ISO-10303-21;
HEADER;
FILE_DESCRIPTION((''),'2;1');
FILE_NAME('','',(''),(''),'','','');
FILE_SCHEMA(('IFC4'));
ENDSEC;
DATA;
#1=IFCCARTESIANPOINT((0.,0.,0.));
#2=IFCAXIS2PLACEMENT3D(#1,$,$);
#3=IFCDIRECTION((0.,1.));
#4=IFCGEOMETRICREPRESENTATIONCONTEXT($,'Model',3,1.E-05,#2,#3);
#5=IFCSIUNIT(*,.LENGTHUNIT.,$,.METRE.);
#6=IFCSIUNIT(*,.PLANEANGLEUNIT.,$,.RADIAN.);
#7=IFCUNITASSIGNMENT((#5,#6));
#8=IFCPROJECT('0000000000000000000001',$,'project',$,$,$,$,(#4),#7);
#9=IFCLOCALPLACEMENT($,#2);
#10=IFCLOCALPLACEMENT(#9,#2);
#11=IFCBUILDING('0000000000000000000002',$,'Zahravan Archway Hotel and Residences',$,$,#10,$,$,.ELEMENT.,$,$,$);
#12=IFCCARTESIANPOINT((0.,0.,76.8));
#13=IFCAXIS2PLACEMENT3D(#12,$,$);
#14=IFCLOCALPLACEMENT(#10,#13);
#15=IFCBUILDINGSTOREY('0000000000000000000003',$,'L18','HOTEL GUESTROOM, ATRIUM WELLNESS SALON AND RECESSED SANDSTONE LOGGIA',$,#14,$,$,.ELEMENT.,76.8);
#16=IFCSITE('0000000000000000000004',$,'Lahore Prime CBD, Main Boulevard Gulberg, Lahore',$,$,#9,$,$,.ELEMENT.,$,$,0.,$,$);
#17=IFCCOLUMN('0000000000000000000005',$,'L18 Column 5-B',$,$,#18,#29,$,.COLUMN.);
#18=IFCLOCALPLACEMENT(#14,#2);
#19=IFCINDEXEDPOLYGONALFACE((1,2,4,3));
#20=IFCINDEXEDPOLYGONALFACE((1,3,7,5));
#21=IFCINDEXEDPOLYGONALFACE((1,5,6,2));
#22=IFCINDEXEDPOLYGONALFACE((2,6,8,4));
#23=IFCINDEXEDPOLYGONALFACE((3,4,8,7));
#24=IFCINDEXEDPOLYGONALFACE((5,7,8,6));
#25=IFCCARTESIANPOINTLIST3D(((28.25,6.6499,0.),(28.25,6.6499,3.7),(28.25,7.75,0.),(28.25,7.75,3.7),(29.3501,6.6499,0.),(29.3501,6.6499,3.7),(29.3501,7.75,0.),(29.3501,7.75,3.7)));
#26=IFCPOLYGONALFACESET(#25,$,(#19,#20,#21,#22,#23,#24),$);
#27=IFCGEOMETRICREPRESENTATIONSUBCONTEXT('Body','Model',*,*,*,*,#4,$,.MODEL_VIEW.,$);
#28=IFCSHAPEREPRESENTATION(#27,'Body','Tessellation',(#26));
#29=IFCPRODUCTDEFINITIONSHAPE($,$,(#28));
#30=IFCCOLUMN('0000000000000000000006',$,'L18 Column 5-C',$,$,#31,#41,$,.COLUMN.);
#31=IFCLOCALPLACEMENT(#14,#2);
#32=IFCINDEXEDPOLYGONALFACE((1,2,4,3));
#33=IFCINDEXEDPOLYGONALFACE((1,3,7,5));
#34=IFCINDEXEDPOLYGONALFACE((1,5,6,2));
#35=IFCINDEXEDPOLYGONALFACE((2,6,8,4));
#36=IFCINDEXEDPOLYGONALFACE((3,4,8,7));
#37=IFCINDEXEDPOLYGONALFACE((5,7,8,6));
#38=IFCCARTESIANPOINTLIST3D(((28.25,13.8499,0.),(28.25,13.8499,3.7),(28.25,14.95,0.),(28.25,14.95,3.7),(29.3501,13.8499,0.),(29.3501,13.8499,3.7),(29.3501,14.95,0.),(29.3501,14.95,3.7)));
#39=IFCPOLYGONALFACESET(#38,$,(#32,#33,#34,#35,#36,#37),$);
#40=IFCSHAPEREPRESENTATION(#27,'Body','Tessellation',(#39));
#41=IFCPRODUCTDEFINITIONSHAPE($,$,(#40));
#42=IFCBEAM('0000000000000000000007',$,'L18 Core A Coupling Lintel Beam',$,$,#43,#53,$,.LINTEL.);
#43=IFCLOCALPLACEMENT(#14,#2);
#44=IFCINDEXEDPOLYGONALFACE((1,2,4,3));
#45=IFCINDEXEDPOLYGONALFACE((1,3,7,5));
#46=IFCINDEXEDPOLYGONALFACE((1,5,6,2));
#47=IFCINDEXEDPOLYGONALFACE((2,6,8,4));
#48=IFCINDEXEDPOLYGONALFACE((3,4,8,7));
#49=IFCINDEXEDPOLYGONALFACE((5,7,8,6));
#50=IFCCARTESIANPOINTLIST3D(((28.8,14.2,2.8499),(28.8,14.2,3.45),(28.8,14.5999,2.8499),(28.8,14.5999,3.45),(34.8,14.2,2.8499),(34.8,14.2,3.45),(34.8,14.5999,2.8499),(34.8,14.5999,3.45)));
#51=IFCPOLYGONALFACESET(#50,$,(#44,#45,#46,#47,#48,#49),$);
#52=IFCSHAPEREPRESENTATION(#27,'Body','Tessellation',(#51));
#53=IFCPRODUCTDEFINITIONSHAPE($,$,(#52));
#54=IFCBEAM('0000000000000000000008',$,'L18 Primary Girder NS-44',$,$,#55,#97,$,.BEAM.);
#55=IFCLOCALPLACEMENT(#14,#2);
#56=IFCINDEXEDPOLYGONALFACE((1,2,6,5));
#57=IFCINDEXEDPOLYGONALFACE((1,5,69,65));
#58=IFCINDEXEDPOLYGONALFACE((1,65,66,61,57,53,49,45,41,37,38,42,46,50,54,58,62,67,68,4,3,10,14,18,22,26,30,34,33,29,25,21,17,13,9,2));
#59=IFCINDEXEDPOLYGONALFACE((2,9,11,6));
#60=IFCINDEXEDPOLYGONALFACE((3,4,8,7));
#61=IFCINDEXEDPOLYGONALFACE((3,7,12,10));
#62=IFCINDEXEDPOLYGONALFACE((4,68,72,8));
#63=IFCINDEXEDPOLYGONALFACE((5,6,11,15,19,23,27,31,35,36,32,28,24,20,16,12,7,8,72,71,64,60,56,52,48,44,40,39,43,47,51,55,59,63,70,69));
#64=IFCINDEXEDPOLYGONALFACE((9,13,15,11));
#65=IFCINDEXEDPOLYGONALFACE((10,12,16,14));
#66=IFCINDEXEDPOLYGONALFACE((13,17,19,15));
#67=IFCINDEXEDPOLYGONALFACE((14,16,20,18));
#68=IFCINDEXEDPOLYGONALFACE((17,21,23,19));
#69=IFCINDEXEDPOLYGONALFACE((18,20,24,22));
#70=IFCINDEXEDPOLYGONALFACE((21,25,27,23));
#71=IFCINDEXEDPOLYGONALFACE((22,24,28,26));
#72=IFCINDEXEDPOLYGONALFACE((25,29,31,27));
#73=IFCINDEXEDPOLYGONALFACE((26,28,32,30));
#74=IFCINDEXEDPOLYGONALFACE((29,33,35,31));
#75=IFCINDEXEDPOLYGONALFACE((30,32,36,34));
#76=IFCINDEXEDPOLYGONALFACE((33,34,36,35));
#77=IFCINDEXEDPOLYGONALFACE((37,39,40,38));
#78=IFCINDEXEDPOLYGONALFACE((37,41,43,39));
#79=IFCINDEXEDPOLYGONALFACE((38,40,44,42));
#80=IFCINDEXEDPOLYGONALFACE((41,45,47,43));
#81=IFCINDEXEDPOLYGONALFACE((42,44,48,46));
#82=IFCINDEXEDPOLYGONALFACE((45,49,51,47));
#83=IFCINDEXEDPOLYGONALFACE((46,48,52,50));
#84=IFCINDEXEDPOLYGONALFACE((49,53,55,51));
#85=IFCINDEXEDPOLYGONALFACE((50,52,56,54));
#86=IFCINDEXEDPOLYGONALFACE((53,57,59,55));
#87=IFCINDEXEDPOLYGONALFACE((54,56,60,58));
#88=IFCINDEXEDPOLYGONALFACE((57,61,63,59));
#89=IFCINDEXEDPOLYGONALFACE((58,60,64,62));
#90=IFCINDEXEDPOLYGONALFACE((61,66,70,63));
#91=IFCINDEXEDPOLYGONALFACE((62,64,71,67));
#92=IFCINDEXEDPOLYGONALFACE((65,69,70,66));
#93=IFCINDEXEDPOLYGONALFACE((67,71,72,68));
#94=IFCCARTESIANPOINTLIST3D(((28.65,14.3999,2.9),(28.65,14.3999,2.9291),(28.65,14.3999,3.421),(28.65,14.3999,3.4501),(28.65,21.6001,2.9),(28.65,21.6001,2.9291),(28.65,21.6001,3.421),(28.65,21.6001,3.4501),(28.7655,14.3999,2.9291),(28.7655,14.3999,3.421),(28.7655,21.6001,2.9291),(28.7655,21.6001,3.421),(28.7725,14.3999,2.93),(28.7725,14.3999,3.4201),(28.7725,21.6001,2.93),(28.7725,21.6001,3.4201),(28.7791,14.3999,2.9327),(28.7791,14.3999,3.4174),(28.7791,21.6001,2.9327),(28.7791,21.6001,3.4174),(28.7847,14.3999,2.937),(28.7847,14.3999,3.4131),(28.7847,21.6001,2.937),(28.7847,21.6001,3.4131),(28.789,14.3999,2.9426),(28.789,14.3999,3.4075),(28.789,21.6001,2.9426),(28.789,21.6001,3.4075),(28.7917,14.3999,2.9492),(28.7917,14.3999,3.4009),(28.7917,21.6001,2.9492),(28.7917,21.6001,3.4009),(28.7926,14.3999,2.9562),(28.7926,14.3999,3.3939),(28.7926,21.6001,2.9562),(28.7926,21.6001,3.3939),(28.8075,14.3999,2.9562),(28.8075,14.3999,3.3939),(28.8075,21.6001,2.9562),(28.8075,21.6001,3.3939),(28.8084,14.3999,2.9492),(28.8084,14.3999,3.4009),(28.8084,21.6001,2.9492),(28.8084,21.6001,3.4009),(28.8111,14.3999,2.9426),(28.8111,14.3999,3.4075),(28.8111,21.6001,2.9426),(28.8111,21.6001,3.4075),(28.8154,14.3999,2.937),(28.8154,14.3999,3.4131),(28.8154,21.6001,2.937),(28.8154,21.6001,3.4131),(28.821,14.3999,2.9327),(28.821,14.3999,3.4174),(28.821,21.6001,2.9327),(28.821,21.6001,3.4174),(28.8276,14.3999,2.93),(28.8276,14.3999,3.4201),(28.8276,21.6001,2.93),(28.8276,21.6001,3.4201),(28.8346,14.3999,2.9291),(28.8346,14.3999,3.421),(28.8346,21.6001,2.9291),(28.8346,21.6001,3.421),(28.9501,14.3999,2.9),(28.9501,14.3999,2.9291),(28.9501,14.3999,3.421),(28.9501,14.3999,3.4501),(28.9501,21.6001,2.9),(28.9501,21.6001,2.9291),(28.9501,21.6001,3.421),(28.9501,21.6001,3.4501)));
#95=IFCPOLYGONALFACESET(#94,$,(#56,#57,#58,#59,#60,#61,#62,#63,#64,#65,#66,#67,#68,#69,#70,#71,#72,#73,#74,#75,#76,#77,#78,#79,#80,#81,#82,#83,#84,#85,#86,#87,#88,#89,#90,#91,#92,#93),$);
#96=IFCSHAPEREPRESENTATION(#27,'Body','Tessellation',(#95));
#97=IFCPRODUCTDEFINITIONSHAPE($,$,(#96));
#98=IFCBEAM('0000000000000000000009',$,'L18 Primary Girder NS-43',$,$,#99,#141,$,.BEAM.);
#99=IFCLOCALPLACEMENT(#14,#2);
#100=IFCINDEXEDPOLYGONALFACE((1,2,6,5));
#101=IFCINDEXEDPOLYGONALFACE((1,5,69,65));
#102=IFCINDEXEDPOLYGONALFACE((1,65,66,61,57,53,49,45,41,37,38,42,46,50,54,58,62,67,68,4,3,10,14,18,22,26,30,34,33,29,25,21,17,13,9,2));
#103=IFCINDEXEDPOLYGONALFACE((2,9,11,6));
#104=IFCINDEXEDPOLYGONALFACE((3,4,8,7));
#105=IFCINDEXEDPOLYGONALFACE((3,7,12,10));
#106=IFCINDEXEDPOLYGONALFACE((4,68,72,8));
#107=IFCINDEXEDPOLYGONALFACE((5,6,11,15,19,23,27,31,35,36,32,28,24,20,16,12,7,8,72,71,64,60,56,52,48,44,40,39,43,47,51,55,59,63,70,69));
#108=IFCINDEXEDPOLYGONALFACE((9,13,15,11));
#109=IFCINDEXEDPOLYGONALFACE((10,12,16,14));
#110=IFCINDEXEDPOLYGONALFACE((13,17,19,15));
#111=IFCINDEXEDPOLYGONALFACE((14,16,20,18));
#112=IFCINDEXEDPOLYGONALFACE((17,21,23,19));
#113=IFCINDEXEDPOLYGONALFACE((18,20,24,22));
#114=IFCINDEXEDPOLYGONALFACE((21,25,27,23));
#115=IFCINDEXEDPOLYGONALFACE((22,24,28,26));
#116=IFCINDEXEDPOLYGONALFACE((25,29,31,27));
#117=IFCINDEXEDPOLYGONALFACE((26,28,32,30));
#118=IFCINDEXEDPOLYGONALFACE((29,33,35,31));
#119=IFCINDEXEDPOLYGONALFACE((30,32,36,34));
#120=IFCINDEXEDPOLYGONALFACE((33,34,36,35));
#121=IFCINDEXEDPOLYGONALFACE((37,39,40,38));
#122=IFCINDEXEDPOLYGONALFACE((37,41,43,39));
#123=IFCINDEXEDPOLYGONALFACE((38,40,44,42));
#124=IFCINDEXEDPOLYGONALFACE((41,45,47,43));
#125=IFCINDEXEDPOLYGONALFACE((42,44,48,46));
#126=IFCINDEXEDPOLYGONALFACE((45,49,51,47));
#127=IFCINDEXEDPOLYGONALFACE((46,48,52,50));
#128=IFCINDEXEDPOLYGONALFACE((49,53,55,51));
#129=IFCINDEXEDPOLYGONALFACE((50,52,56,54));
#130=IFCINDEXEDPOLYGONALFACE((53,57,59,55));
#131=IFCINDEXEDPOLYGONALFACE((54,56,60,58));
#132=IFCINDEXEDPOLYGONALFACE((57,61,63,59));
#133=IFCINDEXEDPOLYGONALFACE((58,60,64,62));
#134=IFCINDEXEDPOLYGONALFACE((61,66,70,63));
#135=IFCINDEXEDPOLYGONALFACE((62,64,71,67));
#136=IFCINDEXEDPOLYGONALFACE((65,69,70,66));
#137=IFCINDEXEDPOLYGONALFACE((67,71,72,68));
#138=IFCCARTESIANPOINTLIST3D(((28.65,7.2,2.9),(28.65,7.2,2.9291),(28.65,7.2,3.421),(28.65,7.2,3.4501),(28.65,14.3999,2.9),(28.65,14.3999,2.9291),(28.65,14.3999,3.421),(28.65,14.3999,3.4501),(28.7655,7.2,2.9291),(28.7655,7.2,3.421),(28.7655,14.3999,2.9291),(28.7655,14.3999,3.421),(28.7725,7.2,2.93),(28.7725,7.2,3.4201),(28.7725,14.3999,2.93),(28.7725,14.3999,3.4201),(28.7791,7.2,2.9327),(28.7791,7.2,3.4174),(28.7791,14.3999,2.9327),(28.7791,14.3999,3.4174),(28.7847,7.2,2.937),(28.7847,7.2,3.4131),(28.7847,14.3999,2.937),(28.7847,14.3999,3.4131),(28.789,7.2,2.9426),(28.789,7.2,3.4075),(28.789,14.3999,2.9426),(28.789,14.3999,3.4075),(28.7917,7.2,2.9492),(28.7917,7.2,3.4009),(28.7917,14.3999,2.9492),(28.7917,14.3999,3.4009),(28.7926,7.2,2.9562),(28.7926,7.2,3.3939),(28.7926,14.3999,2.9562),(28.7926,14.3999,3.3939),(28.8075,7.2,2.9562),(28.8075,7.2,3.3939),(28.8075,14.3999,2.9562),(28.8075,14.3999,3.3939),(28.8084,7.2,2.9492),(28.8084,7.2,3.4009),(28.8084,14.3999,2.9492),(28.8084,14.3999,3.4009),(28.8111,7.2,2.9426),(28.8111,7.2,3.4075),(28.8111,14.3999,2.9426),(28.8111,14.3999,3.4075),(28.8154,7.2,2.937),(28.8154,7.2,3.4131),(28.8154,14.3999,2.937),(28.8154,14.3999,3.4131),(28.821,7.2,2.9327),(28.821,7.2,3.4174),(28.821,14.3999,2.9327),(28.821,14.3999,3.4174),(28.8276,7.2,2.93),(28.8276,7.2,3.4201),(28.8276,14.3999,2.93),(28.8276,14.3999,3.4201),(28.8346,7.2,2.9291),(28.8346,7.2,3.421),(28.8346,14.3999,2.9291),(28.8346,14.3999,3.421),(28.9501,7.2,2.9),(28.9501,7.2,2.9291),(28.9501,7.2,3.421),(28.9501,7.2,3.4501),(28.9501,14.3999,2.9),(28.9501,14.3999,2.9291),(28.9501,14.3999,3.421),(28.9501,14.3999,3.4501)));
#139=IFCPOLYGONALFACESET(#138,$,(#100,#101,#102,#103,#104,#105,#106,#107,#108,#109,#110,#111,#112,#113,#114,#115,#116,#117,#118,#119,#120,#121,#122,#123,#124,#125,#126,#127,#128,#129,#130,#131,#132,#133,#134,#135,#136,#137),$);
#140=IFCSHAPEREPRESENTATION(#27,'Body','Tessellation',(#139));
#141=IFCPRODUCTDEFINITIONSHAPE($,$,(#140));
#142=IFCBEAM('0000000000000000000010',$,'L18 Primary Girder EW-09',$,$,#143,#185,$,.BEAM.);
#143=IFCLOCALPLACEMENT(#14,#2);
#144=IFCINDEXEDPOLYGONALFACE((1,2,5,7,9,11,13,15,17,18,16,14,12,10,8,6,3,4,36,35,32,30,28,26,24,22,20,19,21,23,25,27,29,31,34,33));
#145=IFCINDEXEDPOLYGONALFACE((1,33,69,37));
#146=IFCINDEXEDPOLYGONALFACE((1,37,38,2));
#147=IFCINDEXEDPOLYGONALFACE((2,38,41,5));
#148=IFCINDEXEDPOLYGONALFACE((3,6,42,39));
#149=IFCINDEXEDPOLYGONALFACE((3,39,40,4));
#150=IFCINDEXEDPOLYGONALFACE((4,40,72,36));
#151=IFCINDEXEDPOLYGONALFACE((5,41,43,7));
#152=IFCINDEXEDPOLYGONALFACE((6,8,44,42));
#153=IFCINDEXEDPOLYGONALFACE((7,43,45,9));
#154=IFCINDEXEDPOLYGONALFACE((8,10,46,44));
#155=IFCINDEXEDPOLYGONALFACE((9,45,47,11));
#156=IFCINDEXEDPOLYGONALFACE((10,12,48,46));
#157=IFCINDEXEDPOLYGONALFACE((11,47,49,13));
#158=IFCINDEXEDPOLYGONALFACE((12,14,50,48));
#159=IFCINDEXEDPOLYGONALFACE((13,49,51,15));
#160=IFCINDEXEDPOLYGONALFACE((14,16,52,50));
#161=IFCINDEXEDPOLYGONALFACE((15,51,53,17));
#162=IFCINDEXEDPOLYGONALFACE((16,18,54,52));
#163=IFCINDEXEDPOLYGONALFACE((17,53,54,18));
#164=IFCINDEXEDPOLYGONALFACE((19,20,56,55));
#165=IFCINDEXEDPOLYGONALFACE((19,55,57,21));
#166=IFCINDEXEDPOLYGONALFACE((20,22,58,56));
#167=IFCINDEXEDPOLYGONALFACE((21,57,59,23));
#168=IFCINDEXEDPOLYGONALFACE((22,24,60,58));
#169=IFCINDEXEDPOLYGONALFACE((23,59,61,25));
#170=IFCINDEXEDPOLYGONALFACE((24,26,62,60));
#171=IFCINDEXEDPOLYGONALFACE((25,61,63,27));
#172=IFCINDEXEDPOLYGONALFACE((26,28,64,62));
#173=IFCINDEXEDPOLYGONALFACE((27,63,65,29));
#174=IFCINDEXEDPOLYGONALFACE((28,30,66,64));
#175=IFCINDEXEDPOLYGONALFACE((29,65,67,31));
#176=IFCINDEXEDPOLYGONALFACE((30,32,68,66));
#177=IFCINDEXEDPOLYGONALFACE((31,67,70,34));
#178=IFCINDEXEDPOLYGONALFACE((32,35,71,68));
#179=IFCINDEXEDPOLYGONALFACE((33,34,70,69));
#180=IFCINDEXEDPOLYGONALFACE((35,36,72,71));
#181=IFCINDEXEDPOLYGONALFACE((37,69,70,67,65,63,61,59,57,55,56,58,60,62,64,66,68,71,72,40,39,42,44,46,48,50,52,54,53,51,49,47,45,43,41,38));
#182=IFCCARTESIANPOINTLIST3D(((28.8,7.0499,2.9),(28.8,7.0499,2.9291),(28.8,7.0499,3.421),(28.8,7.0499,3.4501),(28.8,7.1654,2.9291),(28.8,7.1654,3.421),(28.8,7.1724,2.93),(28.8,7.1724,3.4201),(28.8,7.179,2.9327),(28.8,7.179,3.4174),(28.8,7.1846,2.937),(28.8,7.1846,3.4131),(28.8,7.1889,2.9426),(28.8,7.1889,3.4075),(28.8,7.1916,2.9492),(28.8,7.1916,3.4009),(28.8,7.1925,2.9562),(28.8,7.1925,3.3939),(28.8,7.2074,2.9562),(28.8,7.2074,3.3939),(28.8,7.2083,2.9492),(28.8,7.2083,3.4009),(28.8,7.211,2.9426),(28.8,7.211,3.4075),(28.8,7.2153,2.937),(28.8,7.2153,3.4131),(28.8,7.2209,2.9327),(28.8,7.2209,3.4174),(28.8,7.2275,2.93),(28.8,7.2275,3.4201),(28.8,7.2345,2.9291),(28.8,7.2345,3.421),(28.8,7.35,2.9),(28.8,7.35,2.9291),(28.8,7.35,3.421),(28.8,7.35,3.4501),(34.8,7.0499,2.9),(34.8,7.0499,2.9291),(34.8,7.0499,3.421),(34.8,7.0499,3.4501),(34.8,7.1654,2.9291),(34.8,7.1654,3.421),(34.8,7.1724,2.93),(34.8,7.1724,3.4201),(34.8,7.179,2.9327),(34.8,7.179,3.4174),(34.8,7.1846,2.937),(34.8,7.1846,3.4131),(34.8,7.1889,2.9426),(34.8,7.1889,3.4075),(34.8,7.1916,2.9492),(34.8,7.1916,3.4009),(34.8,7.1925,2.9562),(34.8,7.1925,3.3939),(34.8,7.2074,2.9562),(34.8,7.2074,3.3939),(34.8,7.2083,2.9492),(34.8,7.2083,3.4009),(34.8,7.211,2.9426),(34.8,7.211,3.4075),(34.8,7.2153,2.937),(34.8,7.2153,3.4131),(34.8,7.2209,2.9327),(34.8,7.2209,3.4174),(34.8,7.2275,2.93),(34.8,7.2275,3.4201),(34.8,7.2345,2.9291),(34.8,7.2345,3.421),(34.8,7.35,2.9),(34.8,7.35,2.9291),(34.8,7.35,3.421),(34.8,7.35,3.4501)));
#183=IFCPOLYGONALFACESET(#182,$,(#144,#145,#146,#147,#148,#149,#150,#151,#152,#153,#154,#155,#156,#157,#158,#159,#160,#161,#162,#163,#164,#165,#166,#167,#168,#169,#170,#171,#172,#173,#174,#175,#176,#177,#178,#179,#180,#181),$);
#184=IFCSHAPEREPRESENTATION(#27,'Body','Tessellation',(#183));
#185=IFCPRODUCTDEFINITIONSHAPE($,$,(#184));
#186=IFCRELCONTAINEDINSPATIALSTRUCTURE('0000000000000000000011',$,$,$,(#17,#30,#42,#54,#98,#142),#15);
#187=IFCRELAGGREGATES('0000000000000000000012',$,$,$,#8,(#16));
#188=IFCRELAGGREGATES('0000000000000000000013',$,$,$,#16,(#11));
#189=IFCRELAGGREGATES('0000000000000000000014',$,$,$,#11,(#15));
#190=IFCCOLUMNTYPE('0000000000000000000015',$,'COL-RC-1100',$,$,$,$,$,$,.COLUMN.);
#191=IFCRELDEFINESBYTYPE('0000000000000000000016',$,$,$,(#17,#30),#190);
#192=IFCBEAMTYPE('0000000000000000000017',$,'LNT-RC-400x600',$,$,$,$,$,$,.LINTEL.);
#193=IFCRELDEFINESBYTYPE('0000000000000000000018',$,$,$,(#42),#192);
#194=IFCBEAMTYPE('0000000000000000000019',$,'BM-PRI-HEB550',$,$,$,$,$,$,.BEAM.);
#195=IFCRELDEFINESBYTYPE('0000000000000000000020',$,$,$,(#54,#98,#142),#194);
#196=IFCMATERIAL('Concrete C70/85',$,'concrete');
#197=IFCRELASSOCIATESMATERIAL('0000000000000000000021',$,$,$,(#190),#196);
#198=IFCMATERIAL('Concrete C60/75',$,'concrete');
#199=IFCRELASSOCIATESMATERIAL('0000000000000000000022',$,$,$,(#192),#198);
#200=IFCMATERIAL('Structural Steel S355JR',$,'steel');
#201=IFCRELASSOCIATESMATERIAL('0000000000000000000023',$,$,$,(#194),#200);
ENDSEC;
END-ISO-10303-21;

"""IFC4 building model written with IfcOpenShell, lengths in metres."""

from ifc_helpers import new_model, si_unit, direction, frame, origin, origin_2d, place, context, subcontext, project, spatial, rectangle, i_section, extrude, source, transform, mapped, material, material_profile, profile_set, type_object, type_shapes, element, save


model = new_model("IFC4")

# Units and contexts
model_context = context("Model", 3, precision=1e-05, world=origin(), true_north=direction((0.0, 1.0)))
body_context = subcontext(model_context, "Body", "Model", "MODEL_VIEW")
ifc_project = project(units=[si_unit("LENGTHUNIT", "METRE"), si_unit("PLANEANGLEUNIT", "RADIAN")], contexts=[model_context])

# Site, building, storey
site_placement = place(None, origin())
site = spatial("IfcSite", under=ifc_project, at=site_placement, Name="Lahore Prime CBD, Main Boulevard Gulberg, Lahore", CompositionType="ELEMENT", RefElevation=0.0)
building_placement = place(site_placement, origin())
building = spatial("IfcBuilding", under=site, at=building_placement, Name="Zahravan Archway Hotel and Residences", CompositionType="ELEMENT")
storey_placement = place(building_placement, frame((0.0, 0.0, 76.8)))
storey = spatial("IfcBuildingStorey", under=building, at=storey_placement, Name="L18", Description="HOTEL GUESTROOM, ATRIUM WELLNESS SALON AND RECESSED SANDSTONE LOGGIA", CompositionType="ELEMENT", Elevation=76.8)

# Columns
ifc_material_1 = material(Name="Concrete C70/85", Category="concrete")
ifc_material_profile_1 = material_profile(ifc_material_1, rectangle(XDim=1.1001, YDim=1.1001, at=origin_2d()), Name="RC 1100x1100", Category="concrete")
ifc_profile_set_1 = profile_set([ifc_material_profile_1], Name="Concrete C70/85")
column_type = type_object("IfcColumnType", Name="COL-RC-1100", PredefinedType="COLUMN", material=ifc_profile_set_1)
shared_shape_1 = source(origin(), body_context, "Body", "SweptSolid", [
    extrude(rectangle(XDim=1.1001, YDim=1.1001, at=origin_2d()), origin(), (0.0, 0.0, 1.0), 3.7),
])
for number, where, z_axis, x_axis, name in (
    (1, (28.8, 7.2, 0.0), (0.0, 0.0, 1.0), (1.0, 0.0, 0.0), "L18 Column 5-B"),
    (2, (28.8, 14.3999, 0.0), (0.0, 0.0, 1.0), (1.0, 0.0, 0.0), "L18 Column 5-C"),
):
    element("IfcColumn", number, at=place(storey_placement, frame(where, z_axis=z_axis, x_axis=x_axis)), inside=storey, type_object=column_type, Name=name, PredefinedType="COLUMN", context=body_context, shape_type="MappedRepresentation", body=[
        mapped(shared_shape_1, transform((0.0, 0.0, 0.0), scale=1.0)),
    ])

# Beams
ifc_material_2 = material(Name="Concrete C60/75", Category="concrete")
ifc_material_profile_2 = material_profile(ifc_material_2, rectangle(XDim=0.3999, YDim=0.6001, at=origin_2d()), Name="RC-LNT-400x600", Category="concrete")
ifc_profile_set_2 = profile_set([ifc_material_profile_2], Name="Concrete C60/75")
beam_type_1 = type_object("IfcBeamType", Name="LNT-RC-400x600", PredefinedType="LINTEL", material=ifc_profile_set_2)
shared_shape_2 = source(origin(), body_context, "Body", "SweptSolid", [
    extrude(rectangle(XDim=0.3999, YDim=0.6001, at=origin_2d()), origin(), (0.0, 0.0, 1.0), 6.0),
])
type_shapes(beam_type_1, [shared_shape_2])
beam_1_placement = place(storey_placement, frame((28.8, 14.3999, 3.1499), z_axis=(1.0, 0.0, 0.0), x_axis=(0.0, 1.0, 0.0)))
element("IfcBeam", 3, at=beam_1_placement, inside=storey, type_object=beam_type_1, Name="L18 Core A Coupling Lintel Beam", PredefinedType="LINTEL", context=body_context, shape_type="MappedRepresentation", body=[
    mapped(shared_shape_2, transform((0.0, 0.0, 0.0), scale=1.0)),
])
ifc_material_3 = material(Name="Structural Steel S355JR", Category="steel")
ifc_material_profile_3 = material_profile(ifc_material_3, i_section(OverallWidth=0.3, OverallDepth=0.55, WebThickness=0.0149, FlangeThickness=0.0291, FilletRadius=0.0271, at=origin_2d()), Name="HEB 550", Category="steel")
ifc_profile_set_3 = profile_set([ifc_material_profile_3], Name="Structural Steel S355JR")
beam_type_2 = type_object("IfcBeamType", Name="BM-PRI-HEB550", PredefinedType="BEAM", material=ifc_profile_set_3)
shared_shape_3 = source(origin(), body_context, "Body", "SweptSolid", [
    extrude(i_section(OverallWidth=0.3, OverallDepth=0.55, WebThickness=0.0149, FlangeThickness=0.0291, FilletRadius=0.0271, at=origin_2d()), origin(), (0.0, 0.0, 1.0), 7.2002),
])
type_shapes(beam_type_2, [shared_shape_3])
beam_2_placement = place(storey_placement, frame((28.8, 14.3999, 3.175), z_axis=(0.0, 1.0, 0.0), x_axis=(-1.0, 0.0, 0.0)))
element("IfcBeam", 4, at=beam_2_placement, inside=storey, type_object=beam_type_2, Name="L18 Primary Girder NS-44", PredefinedType="BEAM", context=body_context, shape_type="MappedRepresentation", body=[
    mapped(shared_shape_3, transform((0.0, 0.0, 0.0), scale=1.0)),
])
shared_shape_4 = source(origin(), body_context, "Body", "SweptSolid", [
    extrude(i_section(OverallWidth=0.3, OverallDepth=0.55, WebThickness=0.0149, FlangeThickness=0.0291, FilletRadius=0.0271, at=origin_2d()), origin(), (0.0, 0.0, 1.0), 7.2),
])
beam_3_placement = place(storey_placement, frame((28.8, 7.2, 3.175), z_axis=(0.0, 1.0, 0.0), x_axis=(-1.0, 0.0, 0.0)))
element("IfcBeam", 5, at=beam_3_placement, inside=storey, type_object=beam_type_2, Name="L18 Primary Girder NS-43", PredefinedType="BEAM", context=body_context, shape_type="MappedRepresentation", body=[
    mapped(shared_shape_4, transform((0.0, 0.0, 0.0), scale=1.0)),
])
shared_shape_5 = source(origin(), body_context, "Body", "SweptSolid", [
    extrude(i_section(OverallWidth=0.3, OverallDepth=0.55, WebThickness=0.0149, FlangeThickness=0.0291, FilletRadius=0.0271, at=origin_2d()), origin(), (0.0, 0.0, 1.0), 6.0),
])
beam_4_placement = place(storey_placement, frame((28.8, 7.2, 3.175), z_axis=(1.0, 0.0, 0.0), x_axis=(0.0, 1.0, 0.0)))
element("IfcBeam", 6, at=beam_4_placement, inside=storey, type_object=beam_type_2, Name="L18 Primary Girder EW-09", PredefinedType="BEAM", context=body_context, shape_type="MappedRepresentation", body=[
    mapped(shared_shape_5, transform((0.0, 0.0, 0.0), scale=1.0)),
])

save(model, "model.ifc")
